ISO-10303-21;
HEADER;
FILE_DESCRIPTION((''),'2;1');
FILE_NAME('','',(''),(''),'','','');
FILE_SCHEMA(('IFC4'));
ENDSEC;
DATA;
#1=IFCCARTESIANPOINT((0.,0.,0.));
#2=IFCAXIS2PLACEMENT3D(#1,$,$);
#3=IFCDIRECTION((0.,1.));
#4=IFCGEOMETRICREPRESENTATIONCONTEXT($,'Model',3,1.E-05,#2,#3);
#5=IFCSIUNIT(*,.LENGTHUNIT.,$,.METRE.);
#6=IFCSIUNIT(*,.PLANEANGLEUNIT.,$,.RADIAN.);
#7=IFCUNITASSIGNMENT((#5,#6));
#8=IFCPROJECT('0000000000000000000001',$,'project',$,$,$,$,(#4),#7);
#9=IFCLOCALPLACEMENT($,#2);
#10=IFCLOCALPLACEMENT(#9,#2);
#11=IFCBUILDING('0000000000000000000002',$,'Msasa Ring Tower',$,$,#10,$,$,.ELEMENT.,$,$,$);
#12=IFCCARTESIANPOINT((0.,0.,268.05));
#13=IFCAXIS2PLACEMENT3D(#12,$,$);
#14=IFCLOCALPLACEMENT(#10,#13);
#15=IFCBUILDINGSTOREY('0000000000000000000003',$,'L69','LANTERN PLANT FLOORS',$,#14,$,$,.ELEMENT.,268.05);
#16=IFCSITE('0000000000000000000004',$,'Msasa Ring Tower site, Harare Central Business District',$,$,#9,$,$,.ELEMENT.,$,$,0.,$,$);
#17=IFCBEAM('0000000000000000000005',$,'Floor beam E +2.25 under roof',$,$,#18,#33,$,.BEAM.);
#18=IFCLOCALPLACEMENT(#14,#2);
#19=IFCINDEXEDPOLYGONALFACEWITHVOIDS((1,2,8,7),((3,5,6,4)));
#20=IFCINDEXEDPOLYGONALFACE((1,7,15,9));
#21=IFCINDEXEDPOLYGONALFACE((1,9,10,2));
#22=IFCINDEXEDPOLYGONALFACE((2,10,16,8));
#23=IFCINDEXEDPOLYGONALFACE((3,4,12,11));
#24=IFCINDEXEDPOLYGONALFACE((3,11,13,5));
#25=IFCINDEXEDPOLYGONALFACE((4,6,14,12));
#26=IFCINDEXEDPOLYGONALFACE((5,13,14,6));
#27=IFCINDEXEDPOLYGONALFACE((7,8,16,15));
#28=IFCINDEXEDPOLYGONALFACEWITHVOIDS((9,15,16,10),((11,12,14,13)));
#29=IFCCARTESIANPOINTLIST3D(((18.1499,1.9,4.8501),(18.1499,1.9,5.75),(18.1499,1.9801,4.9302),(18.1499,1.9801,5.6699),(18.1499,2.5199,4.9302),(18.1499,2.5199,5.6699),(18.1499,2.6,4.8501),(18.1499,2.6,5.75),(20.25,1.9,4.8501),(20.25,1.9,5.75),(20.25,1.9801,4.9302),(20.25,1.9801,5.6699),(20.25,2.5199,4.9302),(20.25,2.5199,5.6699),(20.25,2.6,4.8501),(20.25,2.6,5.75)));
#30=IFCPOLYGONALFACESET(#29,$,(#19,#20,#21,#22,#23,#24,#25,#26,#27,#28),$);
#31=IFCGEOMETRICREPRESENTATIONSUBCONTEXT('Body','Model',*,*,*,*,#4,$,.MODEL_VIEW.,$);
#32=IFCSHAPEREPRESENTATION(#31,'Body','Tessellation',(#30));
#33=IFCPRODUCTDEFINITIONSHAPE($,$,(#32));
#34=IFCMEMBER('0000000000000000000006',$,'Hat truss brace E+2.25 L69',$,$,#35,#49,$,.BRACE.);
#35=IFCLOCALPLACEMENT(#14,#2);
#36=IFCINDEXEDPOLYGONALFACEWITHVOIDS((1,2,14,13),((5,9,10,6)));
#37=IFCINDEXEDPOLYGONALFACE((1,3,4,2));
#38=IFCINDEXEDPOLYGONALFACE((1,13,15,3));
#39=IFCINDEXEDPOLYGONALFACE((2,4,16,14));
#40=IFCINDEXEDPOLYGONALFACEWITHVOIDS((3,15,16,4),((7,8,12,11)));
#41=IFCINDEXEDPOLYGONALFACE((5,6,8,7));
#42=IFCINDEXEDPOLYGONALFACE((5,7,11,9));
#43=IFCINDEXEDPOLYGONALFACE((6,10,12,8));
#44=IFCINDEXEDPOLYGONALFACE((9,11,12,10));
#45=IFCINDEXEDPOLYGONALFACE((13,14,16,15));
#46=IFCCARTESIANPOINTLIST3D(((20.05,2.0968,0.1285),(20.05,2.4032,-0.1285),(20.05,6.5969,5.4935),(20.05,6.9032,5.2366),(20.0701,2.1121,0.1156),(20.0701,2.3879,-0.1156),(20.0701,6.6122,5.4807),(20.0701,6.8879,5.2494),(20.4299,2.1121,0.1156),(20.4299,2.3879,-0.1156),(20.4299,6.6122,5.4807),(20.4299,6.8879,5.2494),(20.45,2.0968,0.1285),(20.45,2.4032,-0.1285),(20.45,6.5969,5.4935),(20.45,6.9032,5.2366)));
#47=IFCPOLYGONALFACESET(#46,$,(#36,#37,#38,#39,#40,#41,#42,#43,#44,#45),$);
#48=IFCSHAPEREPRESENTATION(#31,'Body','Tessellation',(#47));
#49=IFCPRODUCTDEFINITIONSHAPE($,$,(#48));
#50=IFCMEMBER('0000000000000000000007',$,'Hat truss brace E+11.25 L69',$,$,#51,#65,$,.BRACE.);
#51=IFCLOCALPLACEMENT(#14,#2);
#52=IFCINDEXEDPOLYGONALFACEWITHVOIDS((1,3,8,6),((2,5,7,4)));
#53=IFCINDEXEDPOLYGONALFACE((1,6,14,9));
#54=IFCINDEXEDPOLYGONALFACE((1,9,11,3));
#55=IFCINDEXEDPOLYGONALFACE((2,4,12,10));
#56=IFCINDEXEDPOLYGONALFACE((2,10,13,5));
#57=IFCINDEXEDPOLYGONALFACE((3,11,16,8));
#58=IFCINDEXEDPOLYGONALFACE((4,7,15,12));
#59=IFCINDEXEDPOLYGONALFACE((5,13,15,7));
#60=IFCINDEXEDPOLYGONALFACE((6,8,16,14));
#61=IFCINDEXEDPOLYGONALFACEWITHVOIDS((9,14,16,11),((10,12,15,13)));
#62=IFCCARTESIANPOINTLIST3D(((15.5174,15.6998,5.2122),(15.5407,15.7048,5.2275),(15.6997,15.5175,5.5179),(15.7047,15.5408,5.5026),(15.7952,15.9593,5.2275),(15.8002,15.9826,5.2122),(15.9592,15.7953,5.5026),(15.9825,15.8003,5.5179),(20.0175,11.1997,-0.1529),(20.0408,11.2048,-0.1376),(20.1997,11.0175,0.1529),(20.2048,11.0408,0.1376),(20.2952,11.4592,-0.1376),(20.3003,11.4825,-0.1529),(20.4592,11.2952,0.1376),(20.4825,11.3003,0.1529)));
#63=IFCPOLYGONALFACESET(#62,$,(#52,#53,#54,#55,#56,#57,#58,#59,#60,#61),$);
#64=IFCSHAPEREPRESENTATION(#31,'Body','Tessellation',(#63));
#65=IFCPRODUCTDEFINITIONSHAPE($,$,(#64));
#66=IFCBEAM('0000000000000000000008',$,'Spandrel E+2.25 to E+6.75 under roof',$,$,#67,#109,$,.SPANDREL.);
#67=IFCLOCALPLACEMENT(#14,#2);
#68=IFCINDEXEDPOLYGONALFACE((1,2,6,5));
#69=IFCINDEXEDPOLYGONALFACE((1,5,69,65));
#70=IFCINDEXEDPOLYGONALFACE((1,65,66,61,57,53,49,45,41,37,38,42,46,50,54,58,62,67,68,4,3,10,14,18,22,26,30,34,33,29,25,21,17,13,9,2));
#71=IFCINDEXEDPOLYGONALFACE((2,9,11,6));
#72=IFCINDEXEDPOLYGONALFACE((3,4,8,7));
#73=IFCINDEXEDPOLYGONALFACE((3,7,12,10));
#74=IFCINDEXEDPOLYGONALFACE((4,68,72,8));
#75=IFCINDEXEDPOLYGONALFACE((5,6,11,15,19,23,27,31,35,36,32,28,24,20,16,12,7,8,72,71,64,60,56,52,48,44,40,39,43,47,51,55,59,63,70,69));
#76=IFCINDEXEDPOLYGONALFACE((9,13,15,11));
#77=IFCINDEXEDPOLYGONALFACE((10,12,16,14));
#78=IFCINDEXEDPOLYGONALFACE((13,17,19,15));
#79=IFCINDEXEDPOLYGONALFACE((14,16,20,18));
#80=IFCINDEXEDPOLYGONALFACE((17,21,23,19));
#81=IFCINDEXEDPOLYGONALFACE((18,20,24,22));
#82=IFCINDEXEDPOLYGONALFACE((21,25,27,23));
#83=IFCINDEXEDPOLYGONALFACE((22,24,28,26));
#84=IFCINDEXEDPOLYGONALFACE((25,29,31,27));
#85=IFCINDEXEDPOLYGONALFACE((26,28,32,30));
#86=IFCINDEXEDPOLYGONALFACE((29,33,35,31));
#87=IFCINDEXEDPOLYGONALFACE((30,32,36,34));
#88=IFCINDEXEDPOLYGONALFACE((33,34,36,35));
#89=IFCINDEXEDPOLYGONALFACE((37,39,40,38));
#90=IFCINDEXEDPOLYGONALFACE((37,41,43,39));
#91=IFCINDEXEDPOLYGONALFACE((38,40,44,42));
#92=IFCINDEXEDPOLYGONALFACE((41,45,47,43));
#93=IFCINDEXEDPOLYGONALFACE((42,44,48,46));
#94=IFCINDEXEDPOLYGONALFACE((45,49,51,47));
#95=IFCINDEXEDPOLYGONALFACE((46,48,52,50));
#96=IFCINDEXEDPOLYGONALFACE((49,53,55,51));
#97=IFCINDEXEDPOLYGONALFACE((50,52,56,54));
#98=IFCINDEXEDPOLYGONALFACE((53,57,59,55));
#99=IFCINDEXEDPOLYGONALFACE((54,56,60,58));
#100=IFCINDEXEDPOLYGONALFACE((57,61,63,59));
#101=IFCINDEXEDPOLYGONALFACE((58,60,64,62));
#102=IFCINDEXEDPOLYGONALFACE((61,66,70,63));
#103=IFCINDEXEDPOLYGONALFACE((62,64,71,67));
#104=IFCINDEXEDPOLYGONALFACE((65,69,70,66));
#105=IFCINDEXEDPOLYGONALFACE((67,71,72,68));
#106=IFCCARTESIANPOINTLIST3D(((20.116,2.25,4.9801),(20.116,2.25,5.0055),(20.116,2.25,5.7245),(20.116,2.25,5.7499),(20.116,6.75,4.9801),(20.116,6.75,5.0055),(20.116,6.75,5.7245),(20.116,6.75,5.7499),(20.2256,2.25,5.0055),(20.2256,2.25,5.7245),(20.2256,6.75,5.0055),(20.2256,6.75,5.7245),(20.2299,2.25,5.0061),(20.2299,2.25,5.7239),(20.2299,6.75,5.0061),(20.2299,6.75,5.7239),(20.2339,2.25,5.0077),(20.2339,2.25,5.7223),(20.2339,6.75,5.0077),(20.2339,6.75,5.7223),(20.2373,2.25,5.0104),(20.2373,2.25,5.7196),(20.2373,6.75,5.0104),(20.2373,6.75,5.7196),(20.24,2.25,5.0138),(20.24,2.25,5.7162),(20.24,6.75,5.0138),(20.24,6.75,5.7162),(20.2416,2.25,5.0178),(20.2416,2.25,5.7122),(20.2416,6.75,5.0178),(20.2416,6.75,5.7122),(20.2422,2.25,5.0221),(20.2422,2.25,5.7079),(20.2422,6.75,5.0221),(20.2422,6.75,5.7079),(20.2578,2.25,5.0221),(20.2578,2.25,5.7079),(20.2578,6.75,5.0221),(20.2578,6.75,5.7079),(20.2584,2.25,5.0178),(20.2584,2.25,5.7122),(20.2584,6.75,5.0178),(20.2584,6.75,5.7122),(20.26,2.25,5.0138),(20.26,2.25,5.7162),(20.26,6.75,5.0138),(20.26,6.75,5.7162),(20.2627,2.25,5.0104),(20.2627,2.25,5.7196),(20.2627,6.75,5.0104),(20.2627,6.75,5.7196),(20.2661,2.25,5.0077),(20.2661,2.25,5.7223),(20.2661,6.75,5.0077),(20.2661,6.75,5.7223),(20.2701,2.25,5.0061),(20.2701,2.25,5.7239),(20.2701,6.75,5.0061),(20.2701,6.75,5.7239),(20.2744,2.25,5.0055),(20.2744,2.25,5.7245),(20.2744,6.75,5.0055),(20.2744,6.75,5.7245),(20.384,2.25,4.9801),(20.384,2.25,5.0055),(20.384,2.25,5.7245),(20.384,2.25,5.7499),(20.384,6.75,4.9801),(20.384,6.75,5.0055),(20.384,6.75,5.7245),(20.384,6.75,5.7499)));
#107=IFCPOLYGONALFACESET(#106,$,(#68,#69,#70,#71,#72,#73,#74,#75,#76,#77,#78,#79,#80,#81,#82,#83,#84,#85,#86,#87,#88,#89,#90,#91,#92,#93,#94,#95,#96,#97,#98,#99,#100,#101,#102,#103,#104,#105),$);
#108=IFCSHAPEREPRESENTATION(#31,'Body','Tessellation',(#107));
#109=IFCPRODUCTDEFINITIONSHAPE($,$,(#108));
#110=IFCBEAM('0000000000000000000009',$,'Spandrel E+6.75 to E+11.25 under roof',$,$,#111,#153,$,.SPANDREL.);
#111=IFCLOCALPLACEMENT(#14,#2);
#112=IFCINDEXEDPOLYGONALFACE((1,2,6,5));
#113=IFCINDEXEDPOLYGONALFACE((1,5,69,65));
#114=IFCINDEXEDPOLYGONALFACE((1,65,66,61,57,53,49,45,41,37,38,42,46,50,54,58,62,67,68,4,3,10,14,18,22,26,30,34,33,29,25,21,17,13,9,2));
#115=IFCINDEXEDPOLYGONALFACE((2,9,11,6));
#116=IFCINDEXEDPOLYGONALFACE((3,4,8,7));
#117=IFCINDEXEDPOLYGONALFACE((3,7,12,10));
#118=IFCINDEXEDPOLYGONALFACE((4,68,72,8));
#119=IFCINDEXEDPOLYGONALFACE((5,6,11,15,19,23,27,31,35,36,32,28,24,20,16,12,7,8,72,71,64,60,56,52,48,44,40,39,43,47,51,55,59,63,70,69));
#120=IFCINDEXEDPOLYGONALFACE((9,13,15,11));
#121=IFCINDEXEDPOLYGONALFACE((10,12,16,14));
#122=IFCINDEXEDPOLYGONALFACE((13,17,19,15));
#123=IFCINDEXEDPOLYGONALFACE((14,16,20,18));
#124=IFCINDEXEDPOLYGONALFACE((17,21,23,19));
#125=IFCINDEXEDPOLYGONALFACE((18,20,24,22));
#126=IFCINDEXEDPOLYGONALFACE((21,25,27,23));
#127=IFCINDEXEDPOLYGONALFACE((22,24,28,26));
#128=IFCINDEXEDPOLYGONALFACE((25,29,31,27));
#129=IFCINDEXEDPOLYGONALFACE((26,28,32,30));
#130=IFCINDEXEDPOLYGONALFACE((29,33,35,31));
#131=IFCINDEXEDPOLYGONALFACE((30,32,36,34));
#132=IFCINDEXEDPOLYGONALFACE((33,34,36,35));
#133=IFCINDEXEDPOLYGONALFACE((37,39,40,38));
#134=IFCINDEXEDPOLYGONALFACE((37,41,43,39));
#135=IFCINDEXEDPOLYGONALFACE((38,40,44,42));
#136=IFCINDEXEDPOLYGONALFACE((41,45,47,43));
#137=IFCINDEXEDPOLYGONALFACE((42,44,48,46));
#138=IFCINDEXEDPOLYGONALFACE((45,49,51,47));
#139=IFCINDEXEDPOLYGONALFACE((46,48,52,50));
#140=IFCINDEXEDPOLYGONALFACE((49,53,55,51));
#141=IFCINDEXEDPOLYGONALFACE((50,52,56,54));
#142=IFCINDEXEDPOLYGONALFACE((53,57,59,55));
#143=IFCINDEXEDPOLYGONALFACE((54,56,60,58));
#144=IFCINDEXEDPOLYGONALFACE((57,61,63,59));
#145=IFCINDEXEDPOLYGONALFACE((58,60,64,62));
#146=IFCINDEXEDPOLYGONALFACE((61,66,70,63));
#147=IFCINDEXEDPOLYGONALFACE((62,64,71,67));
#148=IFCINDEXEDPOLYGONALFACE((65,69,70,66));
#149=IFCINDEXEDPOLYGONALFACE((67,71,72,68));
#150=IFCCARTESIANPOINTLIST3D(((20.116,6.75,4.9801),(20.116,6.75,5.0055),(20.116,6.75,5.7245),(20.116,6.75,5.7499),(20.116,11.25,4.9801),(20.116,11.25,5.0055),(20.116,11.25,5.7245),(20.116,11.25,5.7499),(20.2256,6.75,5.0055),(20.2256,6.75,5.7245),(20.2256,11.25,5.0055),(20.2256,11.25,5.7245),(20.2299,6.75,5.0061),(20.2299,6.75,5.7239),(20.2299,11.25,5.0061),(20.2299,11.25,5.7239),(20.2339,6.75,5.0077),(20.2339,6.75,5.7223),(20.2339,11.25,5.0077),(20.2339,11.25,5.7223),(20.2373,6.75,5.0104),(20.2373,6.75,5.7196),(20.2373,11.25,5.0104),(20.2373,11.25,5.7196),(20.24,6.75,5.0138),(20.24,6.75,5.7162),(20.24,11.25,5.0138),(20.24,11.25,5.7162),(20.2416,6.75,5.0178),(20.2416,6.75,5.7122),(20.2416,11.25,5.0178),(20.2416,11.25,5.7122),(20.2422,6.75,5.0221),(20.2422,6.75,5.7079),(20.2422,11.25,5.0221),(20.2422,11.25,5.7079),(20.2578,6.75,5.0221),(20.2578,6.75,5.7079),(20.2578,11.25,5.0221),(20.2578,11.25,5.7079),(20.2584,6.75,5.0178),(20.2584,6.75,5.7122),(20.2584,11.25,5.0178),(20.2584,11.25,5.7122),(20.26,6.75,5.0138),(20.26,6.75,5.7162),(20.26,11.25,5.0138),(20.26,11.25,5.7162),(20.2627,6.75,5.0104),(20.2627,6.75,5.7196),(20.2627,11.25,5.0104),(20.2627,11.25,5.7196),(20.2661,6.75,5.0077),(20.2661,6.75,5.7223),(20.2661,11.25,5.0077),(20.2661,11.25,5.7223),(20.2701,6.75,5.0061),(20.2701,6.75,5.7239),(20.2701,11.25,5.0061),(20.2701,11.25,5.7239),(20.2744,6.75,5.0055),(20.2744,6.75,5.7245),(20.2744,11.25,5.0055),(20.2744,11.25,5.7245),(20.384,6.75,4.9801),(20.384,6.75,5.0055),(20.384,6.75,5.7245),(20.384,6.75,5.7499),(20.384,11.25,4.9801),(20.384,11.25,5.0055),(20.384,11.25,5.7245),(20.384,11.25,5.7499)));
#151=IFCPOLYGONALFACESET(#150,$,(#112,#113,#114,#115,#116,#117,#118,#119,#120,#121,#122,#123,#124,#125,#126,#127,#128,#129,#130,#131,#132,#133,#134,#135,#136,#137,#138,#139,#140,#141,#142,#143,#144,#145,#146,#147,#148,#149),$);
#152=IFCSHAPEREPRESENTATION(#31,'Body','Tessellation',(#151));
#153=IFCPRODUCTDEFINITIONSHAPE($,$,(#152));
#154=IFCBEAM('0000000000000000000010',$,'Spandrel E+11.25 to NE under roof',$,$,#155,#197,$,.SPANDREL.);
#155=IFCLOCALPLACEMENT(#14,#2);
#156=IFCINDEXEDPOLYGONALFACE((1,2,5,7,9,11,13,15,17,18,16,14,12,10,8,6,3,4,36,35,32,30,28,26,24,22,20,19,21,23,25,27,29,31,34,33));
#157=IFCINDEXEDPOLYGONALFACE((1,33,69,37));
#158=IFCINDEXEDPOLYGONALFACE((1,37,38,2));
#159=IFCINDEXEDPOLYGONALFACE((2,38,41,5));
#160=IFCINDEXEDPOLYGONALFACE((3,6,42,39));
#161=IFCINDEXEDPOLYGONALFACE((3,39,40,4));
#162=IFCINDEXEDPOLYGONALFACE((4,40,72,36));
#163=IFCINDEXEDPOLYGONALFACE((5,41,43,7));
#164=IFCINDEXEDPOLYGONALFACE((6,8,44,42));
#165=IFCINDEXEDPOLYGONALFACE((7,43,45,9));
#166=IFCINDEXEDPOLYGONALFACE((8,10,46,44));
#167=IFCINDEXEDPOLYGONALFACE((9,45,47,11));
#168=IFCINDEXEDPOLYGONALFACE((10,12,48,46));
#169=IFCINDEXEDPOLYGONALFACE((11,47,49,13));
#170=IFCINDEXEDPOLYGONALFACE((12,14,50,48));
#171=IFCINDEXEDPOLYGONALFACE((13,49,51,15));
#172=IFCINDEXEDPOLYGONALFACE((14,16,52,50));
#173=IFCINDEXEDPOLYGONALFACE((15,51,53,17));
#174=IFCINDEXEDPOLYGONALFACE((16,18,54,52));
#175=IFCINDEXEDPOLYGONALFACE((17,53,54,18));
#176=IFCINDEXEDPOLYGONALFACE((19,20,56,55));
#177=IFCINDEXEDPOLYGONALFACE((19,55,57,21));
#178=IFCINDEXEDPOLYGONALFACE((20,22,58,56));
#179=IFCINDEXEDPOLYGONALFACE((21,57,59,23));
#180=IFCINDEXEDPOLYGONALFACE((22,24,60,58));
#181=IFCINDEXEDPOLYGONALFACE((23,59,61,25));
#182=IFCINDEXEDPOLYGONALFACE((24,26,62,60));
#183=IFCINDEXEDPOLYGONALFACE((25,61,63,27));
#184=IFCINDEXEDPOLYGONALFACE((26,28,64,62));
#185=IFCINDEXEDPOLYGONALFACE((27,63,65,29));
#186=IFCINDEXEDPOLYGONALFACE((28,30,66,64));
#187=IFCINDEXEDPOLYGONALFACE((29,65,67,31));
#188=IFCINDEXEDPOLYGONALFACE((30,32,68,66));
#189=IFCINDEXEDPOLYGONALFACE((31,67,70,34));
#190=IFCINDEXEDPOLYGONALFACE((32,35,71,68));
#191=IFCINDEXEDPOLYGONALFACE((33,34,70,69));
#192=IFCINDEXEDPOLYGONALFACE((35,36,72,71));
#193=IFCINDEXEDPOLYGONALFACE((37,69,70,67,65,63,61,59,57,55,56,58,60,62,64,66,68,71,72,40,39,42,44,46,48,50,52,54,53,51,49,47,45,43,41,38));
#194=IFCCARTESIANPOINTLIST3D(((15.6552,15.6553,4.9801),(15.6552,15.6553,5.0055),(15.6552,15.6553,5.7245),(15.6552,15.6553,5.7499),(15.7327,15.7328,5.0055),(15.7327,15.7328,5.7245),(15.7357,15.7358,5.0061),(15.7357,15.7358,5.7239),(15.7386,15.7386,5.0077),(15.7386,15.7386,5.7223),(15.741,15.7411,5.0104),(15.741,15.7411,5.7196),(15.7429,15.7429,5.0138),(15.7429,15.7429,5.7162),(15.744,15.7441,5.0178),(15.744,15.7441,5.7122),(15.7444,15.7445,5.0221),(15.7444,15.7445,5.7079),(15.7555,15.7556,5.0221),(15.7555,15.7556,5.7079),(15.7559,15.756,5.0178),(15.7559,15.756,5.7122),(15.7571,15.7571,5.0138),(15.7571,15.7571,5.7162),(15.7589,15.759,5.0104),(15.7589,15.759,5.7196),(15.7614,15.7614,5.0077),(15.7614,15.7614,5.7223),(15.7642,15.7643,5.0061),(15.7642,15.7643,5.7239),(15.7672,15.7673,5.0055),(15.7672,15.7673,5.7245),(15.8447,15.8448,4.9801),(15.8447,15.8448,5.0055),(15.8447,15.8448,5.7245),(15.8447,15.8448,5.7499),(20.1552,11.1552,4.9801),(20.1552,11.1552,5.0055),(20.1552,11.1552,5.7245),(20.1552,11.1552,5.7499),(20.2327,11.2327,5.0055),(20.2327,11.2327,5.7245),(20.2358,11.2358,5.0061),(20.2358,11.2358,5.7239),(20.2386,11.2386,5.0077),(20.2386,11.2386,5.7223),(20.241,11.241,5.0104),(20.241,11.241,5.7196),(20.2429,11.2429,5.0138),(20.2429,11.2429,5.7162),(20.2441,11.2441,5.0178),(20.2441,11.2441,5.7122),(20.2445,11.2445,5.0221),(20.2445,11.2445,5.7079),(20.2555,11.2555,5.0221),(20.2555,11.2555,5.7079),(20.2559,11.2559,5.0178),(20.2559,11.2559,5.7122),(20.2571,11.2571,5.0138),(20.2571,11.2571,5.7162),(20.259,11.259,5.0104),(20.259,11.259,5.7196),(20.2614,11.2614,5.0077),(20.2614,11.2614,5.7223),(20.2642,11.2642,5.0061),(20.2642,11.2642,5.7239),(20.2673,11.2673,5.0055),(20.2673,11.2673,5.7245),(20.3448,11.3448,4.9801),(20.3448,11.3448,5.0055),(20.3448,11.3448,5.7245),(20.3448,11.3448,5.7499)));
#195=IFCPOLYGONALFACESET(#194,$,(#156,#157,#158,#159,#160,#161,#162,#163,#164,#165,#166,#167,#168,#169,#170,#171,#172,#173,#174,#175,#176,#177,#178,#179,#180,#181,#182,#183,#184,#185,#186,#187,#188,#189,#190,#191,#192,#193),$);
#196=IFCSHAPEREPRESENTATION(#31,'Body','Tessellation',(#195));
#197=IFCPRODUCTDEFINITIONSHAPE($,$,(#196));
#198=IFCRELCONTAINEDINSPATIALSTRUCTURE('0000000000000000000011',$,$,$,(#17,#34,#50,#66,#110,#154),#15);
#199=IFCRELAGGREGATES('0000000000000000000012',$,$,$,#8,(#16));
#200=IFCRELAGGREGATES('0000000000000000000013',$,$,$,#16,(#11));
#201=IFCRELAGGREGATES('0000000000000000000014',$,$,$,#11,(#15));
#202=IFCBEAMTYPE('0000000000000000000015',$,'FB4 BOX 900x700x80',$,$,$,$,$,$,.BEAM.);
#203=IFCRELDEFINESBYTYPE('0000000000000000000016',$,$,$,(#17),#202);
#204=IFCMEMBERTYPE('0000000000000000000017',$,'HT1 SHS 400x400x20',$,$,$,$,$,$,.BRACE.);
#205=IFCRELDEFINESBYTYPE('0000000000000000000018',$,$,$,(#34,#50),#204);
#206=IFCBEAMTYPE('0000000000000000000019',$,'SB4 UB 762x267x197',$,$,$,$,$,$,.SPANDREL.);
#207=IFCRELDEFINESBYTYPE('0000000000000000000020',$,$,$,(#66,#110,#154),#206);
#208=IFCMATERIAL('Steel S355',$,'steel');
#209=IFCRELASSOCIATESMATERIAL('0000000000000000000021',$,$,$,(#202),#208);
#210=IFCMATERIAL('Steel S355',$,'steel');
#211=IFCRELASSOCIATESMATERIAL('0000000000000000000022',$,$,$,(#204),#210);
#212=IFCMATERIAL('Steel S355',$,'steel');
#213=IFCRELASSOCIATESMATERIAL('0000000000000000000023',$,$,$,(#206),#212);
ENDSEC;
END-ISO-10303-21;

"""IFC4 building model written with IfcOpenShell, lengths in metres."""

from ifc_helpers import new_model, si_unit, direction, frame, origin, origin_2d, place, context, subcontext, project, spatial, hollow_rectangle, i_section, extrude, material, material_profile, profile_set, type_object, element, save


model = new_model("IFC4")

# Units and contexts
model_context = context("Model", 3, precision=1e-05, world=origin(), true_north=direction((0.0, 1.0)))
body_context = subcontext(model_context, "Body", "Model", "MODEL_VIEW")
ifc_project = project(units=[si_unit("LENGTHUNIT", "METRE"), si_unit("PLANEANGLEUNIT", "RADIAN")], contexts=[model_context])

# Site, building, storey
site_placement = place(None, origin())
site = spatial("IfcSite", under=ifc_project, at=site_placement, Name="Msasa Ring Tower site, Harare Central Business District", CompositionType="ELEMENT", RefElevation=0.0)
building_placement = place(site_placement, origin())
building = spatial("IfcBuilding", under=site, at=building_placement, Name="Msasa Ring Tower", CompositionType="ELEMENT")
storey_placement = place(building_placement, frame((0.0, 0.0, 268.05)))
storey = spatial("IfcBuildingStorey", under=building, at=storey_placement, Name="L69", Description="LANTERN PLANT FLOORS", CompositionType="ELEMENT", Elevation=268.05)

# Beam
ifc_material_1 = material(Name="Steel S355", Category="steel")
ifc_material_profile_1 = material_profile(ifc_material_1, hollow_rectangle(XDim=0.7, YDim=0.8999, WallThickness=0.0801, at=origin_2d()), Name="BOX 900x700x80")
ifc_profile_set_1 = profile_set([ifc_material_profile_1], Name="Steel S355")
beam_type_1 = type_object("IfcBeamType", Name="FB4 BOX 900x700x80", PredefinedType="BEAM", material=ifc_profile_set_1)
beam_1_placement = place(storey_placement, frame((20.25, 2.25, 5.3), z_axis=(-1.0, 0.0, 0.0), x_axis=(0.0, -1.0, 0.0)))
element("IfcBeam", 1, at=beam_1_placement, inside=storey, type_object=beam_type_1, Name="Floor beam E +2.25 under roof", PredefinedType="BEAM", context=body_context, shape_type="SweptSolid", body=[
    extrude(hollow_rectangle(XDim=0.7, YDim=0.8999, WallThickness=0.0801, at=origin_2d()), origin(), (0.0, 0.0, 1.0), 2.1001),
])

# Members
ifc_material_2 = material(Name="Steel S355", Category="steel")
ifc_material_profile_2 = material_profile(ifc_material_2, hollow_rectangle(XDim=0.3999, YDim=0.3999, WallThickness=0.02, at=origin_2d()), Name="SHS 400x400x20")
ifc_profile_set_2 = profile_set([ifc_material_profile_2], Name="Steel S355")
member_type_1 = type_object("IfcMemberType", Name="HT1 SHS 400x400x20", PredefinedType="BRACE", material=ifc_profile_set_2)
member_1_placement = place(storey_placement, frame((20.25, 2.25, 0.0), z_axis=(0.0, 0.64264, 0.766168), x_axis=(-1.0, 0.0, 0.0)))
element("IfcMember", 2, at=member_1_placement, inside=storey, type_object=member_type_1, Name="Hat truss brace E+2.25 L69", PredefinedType="BRACE", context=body_context, shape_type="SweptSolid", body=[
    extrude(hollow_rectangle(XDim=0.3999, YDim=0.3999, WallThickness=0.02, at=origin_2d()), origin(), (0.0, 0.0, 1.0), 7.0024),
])
member_2_placement = place(storey_placement, frame((20.25, 11.25, 0.0), z_axis=(-0.540628, 0.540628, 0.644548), x_axis=(-0.707107, -0.707107, 0.0)))
element("IfcMember", 3, at=member_2_placement, inside=storey, type_object=member_type_1, Name="Hat truss brace E+11.25 L69", PredefinedType="BRACE", context=body_context, shape_type="SweptSolid", body=[
    extrude(hollow_rectangle(XDim=0.3999, YDim=0.3999, WallThickness=0.02, at=origin_2d()), origin(), (0.0, 0.0, 1.0), 8.3237),
])

# Beams
ifc_material_3 = material(Name="Steel S355", Category="steel")
ifc_material_profile_3 = material_profile(ifc_material_3, i_section(OverallWidth=0.2681, OverallDepth=0.7698, WebThickness=0.0156, FlangeThickness=0.0254, FilletRadius=0.0166, at=origin_2d()), Name="UB 762x267x197")
ifc_profile_set_3 = profile_set([ifc_material_profile_3], Name="Steel S355")
beam_type_2 = type_object("IfcBeamType", Name="SB4 UB 762x267x197", PredefinedType="SPANDREL", material=ifc_profile_set_3)
for number, where, z_axis, x_axis, name in (
    (4, (20.25, 2.25, 5.365), (0.0, 1.0, 0.0), (-1.0, 0.0, 0.0), "Spandrel E+2.25 to E+6.75 under roof"),
    (5, (20.25, 6.75, 5.365), (0.0, 1.0, 0.0), (-1.0, 0.0, 0.0), "Spandrel E+6.75 to E+11.25 under roof"),
):
    element("IfcBeam", number, at=place(storey_placement, frame(where, z_axis=z_axis, x_axis=x_axis)), inside=storey, type_object=beam_type_2, Name=name, PredefinedType="SPANDREL", context=body_context, shape_type="SweptSolid", body=[
        extrude(i_section(OverallWidth=0.2681, OverallDepth=0.7698, WebThickness=0.0156, FlangeThickness=0.0254, FilletRadius=0.0166, at=origin_2d()), origin(), (0.0, 0.0, 1.0), 4.5),
    ])
beam_2_placement = place(storey_placement, frame((20.25, 11.25, 5.365), z_axis=(-0.707107, 0.707107, 0.0), x_axis=(-0.707107, -0.707107, 0.0)))
element("IfcBeam", 6, at=beam_2_placement, inside=storey, type_object=beam_type_2, Name="Spandrel E+11.25 to NE under roof", PredefinedType="SPANDREL", context=body_context, shape_type="SweptSolid", body=[
    extrude(i_section(OverallWidth=0.2681, OverallDepth=0.7698, WebThickness=0.0156, FlangeThickness=0.0254, FilletRadius=0.0166, at=origin_2d()), origin(), (0.0, 0.0, 1.0), 6.364),
])

save(model, "model.ifc")
